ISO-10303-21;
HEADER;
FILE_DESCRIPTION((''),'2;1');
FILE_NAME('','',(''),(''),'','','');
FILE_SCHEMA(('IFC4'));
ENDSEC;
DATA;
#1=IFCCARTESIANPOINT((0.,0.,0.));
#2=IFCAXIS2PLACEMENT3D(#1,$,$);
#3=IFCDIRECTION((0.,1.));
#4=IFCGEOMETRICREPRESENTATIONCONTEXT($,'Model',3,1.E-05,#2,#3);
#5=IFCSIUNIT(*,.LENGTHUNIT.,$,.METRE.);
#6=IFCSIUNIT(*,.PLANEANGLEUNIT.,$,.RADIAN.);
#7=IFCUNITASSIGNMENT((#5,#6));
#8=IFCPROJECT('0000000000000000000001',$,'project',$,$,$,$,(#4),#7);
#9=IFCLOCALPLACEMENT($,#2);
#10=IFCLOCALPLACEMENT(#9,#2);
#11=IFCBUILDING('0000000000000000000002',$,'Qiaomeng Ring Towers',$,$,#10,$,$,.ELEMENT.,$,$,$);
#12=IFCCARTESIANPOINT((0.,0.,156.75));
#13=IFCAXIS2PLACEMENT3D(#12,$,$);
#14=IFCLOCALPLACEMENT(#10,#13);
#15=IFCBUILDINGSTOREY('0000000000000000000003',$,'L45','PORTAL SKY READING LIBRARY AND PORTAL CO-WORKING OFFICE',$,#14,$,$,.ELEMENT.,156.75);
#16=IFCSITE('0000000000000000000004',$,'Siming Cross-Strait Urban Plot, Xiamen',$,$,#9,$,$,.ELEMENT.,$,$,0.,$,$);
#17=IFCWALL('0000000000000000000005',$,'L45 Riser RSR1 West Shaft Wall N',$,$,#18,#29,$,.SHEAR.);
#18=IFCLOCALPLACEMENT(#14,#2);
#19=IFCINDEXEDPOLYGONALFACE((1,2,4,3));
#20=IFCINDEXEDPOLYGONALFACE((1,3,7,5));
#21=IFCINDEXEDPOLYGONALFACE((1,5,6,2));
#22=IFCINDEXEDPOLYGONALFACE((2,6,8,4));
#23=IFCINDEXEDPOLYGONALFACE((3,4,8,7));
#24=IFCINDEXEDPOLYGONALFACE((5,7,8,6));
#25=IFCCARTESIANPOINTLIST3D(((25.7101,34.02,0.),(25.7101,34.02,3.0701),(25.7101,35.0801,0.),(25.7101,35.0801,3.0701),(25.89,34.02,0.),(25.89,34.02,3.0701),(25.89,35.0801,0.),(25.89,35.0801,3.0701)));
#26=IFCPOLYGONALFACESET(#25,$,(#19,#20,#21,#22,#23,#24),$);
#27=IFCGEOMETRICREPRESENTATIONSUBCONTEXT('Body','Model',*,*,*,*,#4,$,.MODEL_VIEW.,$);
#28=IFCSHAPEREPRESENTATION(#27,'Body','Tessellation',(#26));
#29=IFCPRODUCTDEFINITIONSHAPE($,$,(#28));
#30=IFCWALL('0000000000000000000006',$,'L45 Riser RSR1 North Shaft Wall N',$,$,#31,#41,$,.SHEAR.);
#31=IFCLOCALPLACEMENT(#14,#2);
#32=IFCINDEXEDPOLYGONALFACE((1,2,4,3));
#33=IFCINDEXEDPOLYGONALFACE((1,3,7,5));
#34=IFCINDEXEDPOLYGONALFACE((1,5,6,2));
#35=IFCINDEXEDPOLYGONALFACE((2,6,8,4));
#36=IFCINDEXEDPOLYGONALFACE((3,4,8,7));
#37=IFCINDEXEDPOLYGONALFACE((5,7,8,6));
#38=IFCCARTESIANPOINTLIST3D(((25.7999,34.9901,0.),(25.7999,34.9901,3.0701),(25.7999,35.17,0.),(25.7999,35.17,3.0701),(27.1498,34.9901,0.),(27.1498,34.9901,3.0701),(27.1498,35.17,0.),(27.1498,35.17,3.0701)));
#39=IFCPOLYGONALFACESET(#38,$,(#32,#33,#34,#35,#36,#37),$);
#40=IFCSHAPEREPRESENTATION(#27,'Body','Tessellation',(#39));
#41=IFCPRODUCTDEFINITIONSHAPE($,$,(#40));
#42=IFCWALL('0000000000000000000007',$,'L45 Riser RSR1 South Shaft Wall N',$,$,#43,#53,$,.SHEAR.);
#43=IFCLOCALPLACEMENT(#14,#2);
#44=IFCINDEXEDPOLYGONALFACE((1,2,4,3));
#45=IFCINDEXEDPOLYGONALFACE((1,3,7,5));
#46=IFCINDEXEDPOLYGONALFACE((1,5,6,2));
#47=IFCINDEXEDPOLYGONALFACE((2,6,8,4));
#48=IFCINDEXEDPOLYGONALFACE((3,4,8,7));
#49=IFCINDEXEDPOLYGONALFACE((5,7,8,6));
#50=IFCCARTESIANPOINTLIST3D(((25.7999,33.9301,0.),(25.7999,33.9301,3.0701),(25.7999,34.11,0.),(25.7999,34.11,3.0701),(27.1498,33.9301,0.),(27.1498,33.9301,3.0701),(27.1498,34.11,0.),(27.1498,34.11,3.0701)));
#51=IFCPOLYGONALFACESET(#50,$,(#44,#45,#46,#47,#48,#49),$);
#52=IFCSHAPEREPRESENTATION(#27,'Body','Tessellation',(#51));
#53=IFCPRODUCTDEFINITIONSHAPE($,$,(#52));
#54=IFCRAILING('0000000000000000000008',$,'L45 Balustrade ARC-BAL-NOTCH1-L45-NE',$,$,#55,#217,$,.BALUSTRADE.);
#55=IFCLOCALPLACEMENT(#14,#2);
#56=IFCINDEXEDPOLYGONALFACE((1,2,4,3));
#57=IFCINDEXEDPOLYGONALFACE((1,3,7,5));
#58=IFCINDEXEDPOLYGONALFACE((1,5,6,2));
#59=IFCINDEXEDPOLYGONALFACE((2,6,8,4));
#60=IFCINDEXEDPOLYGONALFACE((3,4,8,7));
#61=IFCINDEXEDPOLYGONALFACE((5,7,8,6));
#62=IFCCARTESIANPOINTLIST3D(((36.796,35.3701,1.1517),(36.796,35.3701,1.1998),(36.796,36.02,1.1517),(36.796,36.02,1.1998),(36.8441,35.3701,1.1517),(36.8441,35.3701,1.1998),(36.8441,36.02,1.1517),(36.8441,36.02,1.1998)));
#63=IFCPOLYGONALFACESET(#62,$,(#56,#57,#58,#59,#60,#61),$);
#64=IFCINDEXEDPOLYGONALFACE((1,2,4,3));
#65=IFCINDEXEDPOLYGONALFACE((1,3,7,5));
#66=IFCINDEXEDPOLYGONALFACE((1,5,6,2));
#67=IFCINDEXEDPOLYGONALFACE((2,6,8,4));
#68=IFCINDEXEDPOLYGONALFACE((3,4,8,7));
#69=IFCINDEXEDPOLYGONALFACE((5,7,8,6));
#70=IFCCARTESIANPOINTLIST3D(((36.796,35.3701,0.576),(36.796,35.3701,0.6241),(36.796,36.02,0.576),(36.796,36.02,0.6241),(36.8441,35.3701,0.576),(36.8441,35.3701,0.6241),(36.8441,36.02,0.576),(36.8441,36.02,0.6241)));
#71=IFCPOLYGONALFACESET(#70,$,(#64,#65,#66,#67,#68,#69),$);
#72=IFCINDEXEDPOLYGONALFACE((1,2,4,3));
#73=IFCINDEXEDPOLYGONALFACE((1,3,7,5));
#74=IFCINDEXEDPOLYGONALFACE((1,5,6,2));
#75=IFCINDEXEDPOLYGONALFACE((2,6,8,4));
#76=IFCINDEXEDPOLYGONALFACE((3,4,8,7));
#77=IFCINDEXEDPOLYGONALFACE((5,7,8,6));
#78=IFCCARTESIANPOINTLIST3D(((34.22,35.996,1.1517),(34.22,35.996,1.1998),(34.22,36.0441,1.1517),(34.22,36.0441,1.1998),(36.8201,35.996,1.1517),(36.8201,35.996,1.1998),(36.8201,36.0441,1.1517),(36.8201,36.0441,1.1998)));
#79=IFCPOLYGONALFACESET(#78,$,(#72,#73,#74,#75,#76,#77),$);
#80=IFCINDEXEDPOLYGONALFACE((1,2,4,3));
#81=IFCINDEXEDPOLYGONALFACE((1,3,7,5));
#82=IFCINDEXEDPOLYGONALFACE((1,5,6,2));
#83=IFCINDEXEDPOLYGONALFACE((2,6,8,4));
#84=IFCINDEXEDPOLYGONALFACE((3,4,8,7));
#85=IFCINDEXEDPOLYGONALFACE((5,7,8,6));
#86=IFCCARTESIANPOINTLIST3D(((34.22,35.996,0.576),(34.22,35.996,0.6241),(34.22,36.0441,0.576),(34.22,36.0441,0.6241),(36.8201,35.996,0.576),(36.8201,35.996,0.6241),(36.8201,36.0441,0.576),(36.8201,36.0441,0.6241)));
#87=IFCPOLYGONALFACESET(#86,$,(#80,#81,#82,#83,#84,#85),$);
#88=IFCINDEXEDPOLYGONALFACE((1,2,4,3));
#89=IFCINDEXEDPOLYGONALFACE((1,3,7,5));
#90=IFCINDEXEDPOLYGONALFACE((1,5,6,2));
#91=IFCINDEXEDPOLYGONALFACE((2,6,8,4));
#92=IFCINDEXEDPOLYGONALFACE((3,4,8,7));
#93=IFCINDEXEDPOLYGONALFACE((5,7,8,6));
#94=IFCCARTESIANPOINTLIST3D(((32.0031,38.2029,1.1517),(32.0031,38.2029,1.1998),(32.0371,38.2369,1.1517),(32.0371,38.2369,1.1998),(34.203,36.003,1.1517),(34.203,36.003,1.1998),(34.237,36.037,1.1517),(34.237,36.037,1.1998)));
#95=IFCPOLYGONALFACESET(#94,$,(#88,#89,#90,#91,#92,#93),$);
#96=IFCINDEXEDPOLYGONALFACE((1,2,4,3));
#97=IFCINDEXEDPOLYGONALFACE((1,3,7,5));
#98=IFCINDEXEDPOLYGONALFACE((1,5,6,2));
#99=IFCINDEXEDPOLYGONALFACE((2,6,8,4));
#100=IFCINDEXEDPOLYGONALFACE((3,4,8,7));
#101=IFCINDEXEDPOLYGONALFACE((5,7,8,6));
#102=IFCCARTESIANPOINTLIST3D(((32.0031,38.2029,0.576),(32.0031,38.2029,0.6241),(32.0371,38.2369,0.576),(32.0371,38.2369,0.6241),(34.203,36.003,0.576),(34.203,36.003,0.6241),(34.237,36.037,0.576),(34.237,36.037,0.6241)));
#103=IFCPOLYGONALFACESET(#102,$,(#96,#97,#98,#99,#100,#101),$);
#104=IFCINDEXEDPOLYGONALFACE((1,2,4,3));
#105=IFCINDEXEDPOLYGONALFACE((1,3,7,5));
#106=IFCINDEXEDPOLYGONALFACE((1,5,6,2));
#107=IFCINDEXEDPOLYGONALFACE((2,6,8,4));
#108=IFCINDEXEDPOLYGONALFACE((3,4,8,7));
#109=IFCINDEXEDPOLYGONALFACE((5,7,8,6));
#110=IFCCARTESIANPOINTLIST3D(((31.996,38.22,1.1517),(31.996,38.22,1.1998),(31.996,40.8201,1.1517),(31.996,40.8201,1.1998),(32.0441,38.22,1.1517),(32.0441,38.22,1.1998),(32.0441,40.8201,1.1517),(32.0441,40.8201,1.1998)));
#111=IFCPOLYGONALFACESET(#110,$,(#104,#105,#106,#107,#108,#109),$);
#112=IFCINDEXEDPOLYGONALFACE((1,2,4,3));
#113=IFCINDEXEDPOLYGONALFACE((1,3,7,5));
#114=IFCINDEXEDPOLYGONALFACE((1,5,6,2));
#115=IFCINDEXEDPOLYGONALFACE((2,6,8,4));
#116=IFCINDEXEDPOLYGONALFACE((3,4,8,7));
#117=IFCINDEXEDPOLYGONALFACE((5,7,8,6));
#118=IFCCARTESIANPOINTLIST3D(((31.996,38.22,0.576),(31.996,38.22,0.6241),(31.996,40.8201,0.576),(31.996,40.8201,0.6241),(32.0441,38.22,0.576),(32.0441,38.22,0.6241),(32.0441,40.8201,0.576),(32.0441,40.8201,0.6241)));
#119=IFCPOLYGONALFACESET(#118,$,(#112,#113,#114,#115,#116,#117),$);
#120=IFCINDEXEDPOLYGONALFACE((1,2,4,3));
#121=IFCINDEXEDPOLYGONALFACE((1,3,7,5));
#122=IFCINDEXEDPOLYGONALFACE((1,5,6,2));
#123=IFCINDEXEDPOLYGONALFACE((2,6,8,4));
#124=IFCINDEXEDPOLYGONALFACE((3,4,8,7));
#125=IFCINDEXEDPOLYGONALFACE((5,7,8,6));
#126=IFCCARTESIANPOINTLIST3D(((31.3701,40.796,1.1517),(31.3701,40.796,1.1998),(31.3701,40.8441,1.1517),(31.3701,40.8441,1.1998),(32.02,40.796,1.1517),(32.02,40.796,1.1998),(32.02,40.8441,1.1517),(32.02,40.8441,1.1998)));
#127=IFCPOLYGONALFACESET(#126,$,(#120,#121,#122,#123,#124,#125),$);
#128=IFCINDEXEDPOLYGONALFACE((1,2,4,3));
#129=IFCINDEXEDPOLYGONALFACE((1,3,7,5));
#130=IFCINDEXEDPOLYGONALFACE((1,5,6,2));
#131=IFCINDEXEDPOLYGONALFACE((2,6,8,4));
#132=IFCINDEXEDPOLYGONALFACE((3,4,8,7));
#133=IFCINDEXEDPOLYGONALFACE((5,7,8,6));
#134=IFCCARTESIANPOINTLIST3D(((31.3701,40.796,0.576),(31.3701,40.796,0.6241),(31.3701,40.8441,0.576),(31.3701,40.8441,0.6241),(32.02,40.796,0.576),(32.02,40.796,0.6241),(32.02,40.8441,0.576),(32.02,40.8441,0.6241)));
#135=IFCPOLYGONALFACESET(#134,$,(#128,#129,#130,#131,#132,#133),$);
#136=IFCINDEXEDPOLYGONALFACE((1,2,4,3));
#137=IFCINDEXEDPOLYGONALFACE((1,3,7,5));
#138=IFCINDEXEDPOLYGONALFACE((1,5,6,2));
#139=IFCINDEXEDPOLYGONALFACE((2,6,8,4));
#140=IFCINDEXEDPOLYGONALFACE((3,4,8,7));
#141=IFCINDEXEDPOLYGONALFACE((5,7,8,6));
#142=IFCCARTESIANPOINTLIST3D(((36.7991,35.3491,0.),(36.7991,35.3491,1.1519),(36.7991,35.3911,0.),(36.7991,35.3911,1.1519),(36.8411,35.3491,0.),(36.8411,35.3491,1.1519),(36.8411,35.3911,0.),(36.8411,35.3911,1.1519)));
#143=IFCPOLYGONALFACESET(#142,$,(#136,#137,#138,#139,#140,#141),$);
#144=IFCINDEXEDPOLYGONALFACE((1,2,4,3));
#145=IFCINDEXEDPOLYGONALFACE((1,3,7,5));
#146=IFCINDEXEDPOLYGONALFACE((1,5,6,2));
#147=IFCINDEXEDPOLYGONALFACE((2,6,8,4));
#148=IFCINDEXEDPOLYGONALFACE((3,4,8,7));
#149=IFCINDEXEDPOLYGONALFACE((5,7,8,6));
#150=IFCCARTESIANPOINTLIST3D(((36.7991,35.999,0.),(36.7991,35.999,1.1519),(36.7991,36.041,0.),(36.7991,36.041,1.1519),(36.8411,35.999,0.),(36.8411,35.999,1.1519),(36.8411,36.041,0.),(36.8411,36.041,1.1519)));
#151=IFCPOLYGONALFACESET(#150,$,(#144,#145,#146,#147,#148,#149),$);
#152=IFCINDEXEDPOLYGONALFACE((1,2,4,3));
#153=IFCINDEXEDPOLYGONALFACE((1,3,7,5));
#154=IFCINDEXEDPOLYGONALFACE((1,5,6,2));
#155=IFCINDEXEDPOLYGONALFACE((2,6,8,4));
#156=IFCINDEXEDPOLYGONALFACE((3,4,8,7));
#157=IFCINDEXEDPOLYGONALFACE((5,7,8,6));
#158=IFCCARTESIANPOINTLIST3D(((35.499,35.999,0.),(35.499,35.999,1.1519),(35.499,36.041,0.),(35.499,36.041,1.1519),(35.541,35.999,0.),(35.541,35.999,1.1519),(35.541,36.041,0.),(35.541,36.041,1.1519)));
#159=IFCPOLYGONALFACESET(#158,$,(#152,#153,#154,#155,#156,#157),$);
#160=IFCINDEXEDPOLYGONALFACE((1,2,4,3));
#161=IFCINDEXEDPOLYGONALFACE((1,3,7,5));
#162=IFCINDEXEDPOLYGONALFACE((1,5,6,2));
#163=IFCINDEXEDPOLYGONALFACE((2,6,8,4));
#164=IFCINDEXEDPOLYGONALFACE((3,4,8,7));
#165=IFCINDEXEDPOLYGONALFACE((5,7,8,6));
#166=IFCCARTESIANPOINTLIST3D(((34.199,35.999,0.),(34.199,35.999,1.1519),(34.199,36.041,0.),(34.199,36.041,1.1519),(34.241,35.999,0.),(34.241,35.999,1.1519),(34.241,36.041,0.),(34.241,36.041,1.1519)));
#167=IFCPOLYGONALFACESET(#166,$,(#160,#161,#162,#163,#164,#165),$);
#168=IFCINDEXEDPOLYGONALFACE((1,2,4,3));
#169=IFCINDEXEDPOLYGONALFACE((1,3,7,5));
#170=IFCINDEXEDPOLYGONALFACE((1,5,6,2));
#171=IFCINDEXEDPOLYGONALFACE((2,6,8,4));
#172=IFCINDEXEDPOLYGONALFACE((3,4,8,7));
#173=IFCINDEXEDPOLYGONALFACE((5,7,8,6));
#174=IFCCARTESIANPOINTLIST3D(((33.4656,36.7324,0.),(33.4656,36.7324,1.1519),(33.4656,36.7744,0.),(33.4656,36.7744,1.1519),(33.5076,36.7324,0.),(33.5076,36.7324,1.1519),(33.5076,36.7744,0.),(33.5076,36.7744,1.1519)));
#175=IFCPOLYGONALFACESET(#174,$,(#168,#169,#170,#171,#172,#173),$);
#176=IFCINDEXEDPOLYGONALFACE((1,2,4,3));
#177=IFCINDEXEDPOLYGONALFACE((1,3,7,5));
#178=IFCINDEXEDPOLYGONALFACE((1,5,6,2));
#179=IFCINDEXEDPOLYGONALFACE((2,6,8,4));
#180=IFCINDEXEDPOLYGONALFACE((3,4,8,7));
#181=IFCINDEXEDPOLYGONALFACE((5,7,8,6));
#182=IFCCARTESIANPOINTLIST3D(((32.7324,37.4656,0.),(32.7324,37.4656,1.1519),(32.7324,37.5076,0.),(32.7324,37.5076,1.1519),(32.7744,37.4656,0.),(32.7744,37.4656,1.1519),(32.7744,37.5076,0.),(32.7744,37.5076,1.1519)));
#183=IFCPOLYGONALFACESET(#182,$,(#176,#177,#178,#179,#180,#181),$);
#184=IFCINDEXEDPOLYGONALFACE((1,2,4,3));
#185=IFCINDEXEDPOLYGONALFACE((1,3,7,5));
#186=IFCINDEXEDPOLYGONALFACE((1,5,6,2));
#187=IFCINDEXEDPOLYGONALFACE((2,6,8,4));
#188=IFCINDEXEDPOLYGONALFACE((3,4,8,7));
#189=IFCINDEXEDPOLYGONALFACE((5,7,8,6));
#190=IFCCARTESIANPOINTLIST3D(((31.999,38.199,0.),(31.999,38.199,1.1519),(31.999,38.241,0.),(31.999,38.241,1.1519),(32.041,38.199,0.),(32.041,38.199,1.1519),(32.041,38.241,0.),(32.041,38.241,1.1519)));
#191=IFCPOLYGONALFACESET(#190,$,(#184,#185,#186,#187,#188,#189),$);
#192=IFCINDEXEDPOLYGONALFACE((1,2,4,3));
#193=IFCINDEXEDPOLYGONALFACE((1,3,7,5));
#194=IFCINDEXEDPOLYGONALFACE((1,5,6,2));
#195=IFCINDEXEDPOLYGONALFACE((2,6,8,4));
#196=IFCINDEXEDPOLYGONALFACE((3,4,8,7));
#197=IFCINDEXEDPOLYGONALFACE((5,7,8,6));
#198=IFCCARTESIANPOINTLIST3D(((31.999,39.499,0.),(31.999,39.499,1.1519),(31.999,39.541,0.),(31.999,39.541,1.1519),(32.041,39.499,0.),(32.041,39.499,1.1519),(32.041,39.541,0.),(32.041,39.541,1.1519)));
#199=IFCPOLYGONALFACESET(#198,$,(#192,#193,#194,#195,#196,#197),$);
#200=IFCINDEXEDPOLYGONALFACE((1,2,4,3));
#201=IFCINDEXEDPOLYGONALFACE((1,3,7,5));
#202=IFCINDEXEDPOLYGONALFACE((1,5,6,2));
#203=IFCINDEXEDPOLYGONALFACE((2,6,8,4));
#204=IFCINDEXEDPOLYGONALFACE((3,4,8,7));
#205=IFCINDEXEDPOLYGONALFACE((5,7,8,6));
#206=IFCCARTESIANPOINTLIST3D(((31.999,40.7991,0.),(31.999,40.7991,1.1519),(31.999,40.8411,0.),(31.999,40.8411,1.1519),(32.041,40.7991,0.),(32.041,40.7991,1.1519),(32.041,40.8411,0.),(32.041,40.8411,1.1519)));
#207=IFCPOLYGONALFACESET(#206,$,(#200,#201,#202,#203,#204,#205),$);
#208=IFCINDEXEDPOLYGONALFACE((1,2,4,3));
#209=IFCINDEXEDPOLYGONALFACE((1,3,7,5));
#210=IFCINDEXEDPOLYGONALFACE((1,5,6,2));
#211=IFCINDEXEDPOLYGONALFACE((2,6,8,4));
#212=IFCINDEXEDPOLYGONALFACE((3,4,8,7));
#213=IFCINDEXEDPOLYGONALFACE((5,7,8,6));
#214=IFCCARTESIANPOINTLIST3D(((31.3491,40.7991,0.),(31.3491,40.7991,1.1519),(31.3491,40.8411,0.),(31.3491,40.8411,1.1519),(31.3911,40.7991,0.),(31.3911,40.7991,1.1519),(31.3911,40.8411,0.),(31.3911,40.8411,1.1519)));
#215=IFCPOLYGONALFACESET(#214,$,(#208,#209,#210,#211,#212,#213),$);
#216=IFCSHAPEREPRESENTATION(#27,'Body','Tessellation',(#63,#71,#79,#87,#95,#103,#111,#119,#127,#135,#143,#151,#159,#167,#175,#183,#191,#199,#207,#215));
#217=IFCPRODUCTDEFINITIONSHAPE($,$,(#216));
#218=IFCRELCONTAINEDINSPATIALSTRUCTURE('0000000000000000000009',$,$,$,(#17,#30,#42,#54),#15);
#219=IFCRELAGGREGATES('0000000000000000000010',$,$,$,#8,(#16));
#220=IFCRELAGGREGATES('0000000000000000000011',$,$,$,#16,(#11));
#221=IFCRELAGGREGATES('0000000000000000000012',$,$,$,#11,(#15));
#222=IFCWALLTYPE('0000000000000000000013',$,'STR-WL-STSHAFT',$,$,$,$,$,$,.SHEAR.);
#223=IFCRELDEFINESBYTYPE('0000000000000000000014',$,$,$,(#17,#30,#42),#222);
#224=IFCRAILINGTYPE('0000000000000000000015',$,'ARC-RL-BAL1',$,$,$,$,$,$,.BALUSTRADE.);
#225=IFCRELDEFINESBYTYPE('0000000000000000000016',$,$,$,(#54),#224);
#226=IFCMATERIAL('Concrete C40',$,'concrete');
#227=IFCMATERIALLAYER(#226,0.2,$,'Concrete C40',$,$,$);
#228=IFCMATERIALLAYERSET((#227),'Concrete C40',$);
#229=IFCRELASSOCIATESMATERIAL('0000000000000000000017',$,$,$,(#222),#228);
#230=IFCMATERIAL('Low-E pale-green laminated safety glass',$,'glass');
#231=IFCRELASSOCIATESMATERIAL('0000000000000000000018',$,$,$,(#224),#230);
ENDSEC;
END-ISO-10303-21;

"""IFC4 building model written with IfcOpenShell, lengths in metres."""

from ifc_helpers import new_model, si_unit, direction, frame, frame_2d, origin, origin_2d, place, context, subcontext, project, spatial, rectangle, extrude, material, layer, layer_set, type_object, element, save


model = new_model("IFC4")

# Units and contexts
model_context = context("Model", 3, precision=1e-05, world=origin(), true_north=direction((0.0, 1.0)))
body_context = subcontext(model_context, "Body", "Model", "MODEL_VIEW")
ifc_project = project(units=[si_unit("LENGTHUNIT", "METRE"), si_unit("PLANEANGLEUNIT", "RADIAN")], contexts=[model_context])

# Site, building, storey
site_placement = place(None, origin())
site = spatial("IfcSite", under=ifc_project, at=site_placement, Name="Siming Cross-Strait Urban Plot, Xiamen", CompositionType="ELEMENT", RefElevation=0.0)
building_placement = place(site_placement, origin())
building = spatial("IfcBuilding", under=site, at=building_placement, Name="Qiaomeng Ring Towers", CompositionType="ELEMENT")
storey_placement = place(building_placement, frame((0.0, 0.0, 156.75)))
storey = spatial("IfcBuildingStorey", under=building, at=storey_placement, Name="L45", Description="PORTAL SKY READING LIBRARY AND PORTAL CO-WORKING OFFICE", CompositionType="ELEMENT", Elevation=156.75)

# Walls
ifc_material_1 = material(Name="Concrete C40", Category="concrete")
ifc_layer_1 = layer(ifc_material_1, 0.2, Name="Concrete C40")
ifc_layer_set_1 = layer_set([ifc_layer_1], Name="Concrete C40")
wall_type_1 = type_object("IfcWallType", Name="STR-WL-STSHAFT", PredefinedType="SHEAR", material=ifc_layer_set_1)
wall_1_placement = place(storey_placement, frame((25.8, 34.02, 0.0), z_axis=(0.0, 0.0, 1.0), x_axis=(0.0, 1.0, 0.0)))
element("IfcWall", 1, at=wall_1_placement, inside=storey, type_object=wall_type_1, Name="L45 Riser RSR1 West Shaft Wall N", PredefinedType="SHEAR", context=body_context, shape_type="SweptSolid", body=[
    extrude(rectangle(XDim=1.0601, YDim=0.1799, at=frame_2d((0.53, 0.0))), origin(), (0.0, 0.0, 1.0), 3.0701),
])
for number, where, z_axis, x_axis, name in (
    (2, (25.8, 35.0801, 0.0), (0.0, 0.0, 1.0), (1.0, 0.0, 0.0), "L45 Riser RSR1 North Shaft Wall N"),
    (3, (25.8, 34.02, 0.0), (0.0, 0.0, 1.0), (1.0, 0.0, 0.0), "L45 Riser RSR1 South Shaft Wall N"),
):
    element("IfcWall", number, at=place(storey_placement, frame(where, z_axis=z_axis, x_axis=x_axis)), inside=storey, type_object=wall_type_1, Name=name, PredefinedType="SHEAR", context=body_context, shape_type="SweptSolid", body=[
        extrude(rectangle(XDim=1.3499, YDim=0.1799, at=frame_2d((0.6748, 0.0))), origin(), (0.0, 0.0, 1.0), 3.0701),
    ])

# Railing
ifc_material_2 = material(Name="Low-E pale-green laminated safety glass", Category="glass")
railing_type = type_object("IfcRailingType", Name="ARC-RL-BAL1", PredefinedType="BALUSTRADE", material=ifc_material_2)
railing_placement = place(storey_placement, frame((36.8201, 35.3701, 0.0)))
element("IfcRailing", 4, at=railing_placement, inside=storey, type_object=railing_type, Name="L45 Balustrade ARC-BAL-NOTCH1-L45-NE", PredefinedType="BALUSTRADE", context=body_context, shape_type="SweptSolid", body=[
    extrude(rectangle(XDim=0.0481, YDim=0.0481, at=origin_2d()), frame((0.0, 0.0, 1.1758), z_axis=(0.0, 1.0, 0.0), x_axis=(-1.0, 0.0, 0.0)), (0.0, 0.0, 1.0), 0.6499),
    extrude(rectangle(XDim=0.0481, YDim=0.0481, at=origin_2d()), frame((0.0, 0.0, 0.6001), z_axis=(0.0, 1.0, 0.0), x_axis=(-1.0, 0.0, 0.0)), (0.0, 0.0, 1.0), 0.6499),
    extrude(rectangle(XDim=0.0481, YDim=0.0481, at=origin_2d()), frame((0.0, 0.6499, 1.1758), z_axis=(-1.0, 0.0, 0.0), x_axis=(0.0, -1.0, 0.0)), (0.0, 0.0, 1.0), 2.6001),
    extrude(rectangle(XDim=0.0481, YDim=0.0481, at=origin_2d()), frame((0.0, 0.6499, 0.6001), z_axis=(-1.0, 0.0, 0.0), x_axis=(0.0, -1.0, 0.0)), (0.0, 0.0, 1.0), 2.6001),
    extrude(rectangle(XDim=0.0481, YDim=0.0481, at=origin_2d()), frame((-2.6001, 0.6499, 1.1758), z_axis=(-0.707107, 0.707107, 0.0), x_axis=(-0.707107, -0.707107, 0.0)), (0.0, 0.0, 1.0), 3.1111),
    extrude(rectangle(XDim=0.0481, YDim=0.0481, at=origin_2d()), frame((-2.6001, 0.6499, 0.6001), z_axis=(-0.707107, 0.707107, 0.0), x_axis=(-0.707107, -0.707107, 0.0)), (0.0, 0.0, 1.0), 3.1111),
    extrude(rectangle(XDim=0.0481, YDim=0.0481, at=origin_2d()), frame((-4.8, 2.8499, 1.1758), z_axis=(0.0, 1.0, 0.0), x_axis=(-1.0, 0.0, 0.0)), (0.0, 0.0, 1.0), 2.6001),
    extrude(rectangle(XDim=0.0481, YDim=0.0481, at=origin_2d()), frame((-4.8, 2.8499, 0.6001), z_axis=(0.0, 1.0, 0.0), x_axis=(-1.0, 0.0, 0.0)), (0.0, 0.0, 1.0), 2.6001),
    extrude(rectangle(XDim=0.0481, YDim=0.0481, at=origin_2d()), frame((-4.8, 5.45, 1.1758), z_axis=(-1.0, 0.0, 0.0), x_axis=(0.0, -1.0, 0.0)), (0.0, 0.0, 1.0), 0.6499),
    extrude(rectangle(XDim=0.0481, YDim=0.0481, at=origin_2d()), frame((-4.8, 5.45, 0.6001), z_axis=(-1.0, 0.0, 0.0), x_axis=(0.0, -1.0, 0.0)), (0.0, 0.0, 1.0), 0.6499),
    extrude(rectangle(XDim=0.042, YDim=0.042, at=origin_2d()), origin(), (0.0, 0.0, 1.0), 1.1519),
    extrude(rectangle(XDim=0.042, YDim=0.042, at=origin_2d()), frame((0.0, 0.6499, 0.0)), (0.0, 0.0, 1.0), 1.1519),
    extrude(rectangle(XDim=0.042, YDim=0.042, at=origin_2d()), frame((-1.3, 0.6499, 0.0)), (0.0, 0.0, 1.0), 1.1519),
    extrude(rectangle(XDim=0.042, YDim=0.042, at=origin_2d()), frame((-2.6001, 0.6499, 0.0)), (0.0, 0.0, 1.0), 1.1519),
    extrude(rectangle(XDim=0.042, YDim=0.042, at=origin_2d()), frame((-3.3335, 1.3833, 0.0)), (0.0, 0.0, 1.0), 1.1519),
    extrude(rectangle(XDim=0.042, YDim=0.042, at=origin_2d()), frame((-4.0667, 2.1165, 0.0)), (0.0, 0.0, 1.0), 1.1519),
    extrude(rectangle(XDim=0.042, YDim=0.042, at=origin_2d()), frame((-4.8, 2.8499, 0.0)), (0.0, 0.0, 1.0), 1.1519),
    extrude(rectangle(XDim=0.042, YDim=0.042, at=origin_2d()), frame((-4.8, 4.1499, 0.0)), (0.0, 0.0, 1.0), 1.1519),
    extrude(rectangle(XDim=0.042, YDim=0.042, at=origin_2d()), frame((-4.8, 5.45, 0.0)), (0.0, 0.0, 1.0), 1.1519),
    extrude(rectangle(XDim=0.042, YDim=0.042, at=origin_2d()), frame((-5.45, 5.45, 0.0)), (0.0, 0.0, 1.0), 1.1519),
])

save(model, "model.ifc")
